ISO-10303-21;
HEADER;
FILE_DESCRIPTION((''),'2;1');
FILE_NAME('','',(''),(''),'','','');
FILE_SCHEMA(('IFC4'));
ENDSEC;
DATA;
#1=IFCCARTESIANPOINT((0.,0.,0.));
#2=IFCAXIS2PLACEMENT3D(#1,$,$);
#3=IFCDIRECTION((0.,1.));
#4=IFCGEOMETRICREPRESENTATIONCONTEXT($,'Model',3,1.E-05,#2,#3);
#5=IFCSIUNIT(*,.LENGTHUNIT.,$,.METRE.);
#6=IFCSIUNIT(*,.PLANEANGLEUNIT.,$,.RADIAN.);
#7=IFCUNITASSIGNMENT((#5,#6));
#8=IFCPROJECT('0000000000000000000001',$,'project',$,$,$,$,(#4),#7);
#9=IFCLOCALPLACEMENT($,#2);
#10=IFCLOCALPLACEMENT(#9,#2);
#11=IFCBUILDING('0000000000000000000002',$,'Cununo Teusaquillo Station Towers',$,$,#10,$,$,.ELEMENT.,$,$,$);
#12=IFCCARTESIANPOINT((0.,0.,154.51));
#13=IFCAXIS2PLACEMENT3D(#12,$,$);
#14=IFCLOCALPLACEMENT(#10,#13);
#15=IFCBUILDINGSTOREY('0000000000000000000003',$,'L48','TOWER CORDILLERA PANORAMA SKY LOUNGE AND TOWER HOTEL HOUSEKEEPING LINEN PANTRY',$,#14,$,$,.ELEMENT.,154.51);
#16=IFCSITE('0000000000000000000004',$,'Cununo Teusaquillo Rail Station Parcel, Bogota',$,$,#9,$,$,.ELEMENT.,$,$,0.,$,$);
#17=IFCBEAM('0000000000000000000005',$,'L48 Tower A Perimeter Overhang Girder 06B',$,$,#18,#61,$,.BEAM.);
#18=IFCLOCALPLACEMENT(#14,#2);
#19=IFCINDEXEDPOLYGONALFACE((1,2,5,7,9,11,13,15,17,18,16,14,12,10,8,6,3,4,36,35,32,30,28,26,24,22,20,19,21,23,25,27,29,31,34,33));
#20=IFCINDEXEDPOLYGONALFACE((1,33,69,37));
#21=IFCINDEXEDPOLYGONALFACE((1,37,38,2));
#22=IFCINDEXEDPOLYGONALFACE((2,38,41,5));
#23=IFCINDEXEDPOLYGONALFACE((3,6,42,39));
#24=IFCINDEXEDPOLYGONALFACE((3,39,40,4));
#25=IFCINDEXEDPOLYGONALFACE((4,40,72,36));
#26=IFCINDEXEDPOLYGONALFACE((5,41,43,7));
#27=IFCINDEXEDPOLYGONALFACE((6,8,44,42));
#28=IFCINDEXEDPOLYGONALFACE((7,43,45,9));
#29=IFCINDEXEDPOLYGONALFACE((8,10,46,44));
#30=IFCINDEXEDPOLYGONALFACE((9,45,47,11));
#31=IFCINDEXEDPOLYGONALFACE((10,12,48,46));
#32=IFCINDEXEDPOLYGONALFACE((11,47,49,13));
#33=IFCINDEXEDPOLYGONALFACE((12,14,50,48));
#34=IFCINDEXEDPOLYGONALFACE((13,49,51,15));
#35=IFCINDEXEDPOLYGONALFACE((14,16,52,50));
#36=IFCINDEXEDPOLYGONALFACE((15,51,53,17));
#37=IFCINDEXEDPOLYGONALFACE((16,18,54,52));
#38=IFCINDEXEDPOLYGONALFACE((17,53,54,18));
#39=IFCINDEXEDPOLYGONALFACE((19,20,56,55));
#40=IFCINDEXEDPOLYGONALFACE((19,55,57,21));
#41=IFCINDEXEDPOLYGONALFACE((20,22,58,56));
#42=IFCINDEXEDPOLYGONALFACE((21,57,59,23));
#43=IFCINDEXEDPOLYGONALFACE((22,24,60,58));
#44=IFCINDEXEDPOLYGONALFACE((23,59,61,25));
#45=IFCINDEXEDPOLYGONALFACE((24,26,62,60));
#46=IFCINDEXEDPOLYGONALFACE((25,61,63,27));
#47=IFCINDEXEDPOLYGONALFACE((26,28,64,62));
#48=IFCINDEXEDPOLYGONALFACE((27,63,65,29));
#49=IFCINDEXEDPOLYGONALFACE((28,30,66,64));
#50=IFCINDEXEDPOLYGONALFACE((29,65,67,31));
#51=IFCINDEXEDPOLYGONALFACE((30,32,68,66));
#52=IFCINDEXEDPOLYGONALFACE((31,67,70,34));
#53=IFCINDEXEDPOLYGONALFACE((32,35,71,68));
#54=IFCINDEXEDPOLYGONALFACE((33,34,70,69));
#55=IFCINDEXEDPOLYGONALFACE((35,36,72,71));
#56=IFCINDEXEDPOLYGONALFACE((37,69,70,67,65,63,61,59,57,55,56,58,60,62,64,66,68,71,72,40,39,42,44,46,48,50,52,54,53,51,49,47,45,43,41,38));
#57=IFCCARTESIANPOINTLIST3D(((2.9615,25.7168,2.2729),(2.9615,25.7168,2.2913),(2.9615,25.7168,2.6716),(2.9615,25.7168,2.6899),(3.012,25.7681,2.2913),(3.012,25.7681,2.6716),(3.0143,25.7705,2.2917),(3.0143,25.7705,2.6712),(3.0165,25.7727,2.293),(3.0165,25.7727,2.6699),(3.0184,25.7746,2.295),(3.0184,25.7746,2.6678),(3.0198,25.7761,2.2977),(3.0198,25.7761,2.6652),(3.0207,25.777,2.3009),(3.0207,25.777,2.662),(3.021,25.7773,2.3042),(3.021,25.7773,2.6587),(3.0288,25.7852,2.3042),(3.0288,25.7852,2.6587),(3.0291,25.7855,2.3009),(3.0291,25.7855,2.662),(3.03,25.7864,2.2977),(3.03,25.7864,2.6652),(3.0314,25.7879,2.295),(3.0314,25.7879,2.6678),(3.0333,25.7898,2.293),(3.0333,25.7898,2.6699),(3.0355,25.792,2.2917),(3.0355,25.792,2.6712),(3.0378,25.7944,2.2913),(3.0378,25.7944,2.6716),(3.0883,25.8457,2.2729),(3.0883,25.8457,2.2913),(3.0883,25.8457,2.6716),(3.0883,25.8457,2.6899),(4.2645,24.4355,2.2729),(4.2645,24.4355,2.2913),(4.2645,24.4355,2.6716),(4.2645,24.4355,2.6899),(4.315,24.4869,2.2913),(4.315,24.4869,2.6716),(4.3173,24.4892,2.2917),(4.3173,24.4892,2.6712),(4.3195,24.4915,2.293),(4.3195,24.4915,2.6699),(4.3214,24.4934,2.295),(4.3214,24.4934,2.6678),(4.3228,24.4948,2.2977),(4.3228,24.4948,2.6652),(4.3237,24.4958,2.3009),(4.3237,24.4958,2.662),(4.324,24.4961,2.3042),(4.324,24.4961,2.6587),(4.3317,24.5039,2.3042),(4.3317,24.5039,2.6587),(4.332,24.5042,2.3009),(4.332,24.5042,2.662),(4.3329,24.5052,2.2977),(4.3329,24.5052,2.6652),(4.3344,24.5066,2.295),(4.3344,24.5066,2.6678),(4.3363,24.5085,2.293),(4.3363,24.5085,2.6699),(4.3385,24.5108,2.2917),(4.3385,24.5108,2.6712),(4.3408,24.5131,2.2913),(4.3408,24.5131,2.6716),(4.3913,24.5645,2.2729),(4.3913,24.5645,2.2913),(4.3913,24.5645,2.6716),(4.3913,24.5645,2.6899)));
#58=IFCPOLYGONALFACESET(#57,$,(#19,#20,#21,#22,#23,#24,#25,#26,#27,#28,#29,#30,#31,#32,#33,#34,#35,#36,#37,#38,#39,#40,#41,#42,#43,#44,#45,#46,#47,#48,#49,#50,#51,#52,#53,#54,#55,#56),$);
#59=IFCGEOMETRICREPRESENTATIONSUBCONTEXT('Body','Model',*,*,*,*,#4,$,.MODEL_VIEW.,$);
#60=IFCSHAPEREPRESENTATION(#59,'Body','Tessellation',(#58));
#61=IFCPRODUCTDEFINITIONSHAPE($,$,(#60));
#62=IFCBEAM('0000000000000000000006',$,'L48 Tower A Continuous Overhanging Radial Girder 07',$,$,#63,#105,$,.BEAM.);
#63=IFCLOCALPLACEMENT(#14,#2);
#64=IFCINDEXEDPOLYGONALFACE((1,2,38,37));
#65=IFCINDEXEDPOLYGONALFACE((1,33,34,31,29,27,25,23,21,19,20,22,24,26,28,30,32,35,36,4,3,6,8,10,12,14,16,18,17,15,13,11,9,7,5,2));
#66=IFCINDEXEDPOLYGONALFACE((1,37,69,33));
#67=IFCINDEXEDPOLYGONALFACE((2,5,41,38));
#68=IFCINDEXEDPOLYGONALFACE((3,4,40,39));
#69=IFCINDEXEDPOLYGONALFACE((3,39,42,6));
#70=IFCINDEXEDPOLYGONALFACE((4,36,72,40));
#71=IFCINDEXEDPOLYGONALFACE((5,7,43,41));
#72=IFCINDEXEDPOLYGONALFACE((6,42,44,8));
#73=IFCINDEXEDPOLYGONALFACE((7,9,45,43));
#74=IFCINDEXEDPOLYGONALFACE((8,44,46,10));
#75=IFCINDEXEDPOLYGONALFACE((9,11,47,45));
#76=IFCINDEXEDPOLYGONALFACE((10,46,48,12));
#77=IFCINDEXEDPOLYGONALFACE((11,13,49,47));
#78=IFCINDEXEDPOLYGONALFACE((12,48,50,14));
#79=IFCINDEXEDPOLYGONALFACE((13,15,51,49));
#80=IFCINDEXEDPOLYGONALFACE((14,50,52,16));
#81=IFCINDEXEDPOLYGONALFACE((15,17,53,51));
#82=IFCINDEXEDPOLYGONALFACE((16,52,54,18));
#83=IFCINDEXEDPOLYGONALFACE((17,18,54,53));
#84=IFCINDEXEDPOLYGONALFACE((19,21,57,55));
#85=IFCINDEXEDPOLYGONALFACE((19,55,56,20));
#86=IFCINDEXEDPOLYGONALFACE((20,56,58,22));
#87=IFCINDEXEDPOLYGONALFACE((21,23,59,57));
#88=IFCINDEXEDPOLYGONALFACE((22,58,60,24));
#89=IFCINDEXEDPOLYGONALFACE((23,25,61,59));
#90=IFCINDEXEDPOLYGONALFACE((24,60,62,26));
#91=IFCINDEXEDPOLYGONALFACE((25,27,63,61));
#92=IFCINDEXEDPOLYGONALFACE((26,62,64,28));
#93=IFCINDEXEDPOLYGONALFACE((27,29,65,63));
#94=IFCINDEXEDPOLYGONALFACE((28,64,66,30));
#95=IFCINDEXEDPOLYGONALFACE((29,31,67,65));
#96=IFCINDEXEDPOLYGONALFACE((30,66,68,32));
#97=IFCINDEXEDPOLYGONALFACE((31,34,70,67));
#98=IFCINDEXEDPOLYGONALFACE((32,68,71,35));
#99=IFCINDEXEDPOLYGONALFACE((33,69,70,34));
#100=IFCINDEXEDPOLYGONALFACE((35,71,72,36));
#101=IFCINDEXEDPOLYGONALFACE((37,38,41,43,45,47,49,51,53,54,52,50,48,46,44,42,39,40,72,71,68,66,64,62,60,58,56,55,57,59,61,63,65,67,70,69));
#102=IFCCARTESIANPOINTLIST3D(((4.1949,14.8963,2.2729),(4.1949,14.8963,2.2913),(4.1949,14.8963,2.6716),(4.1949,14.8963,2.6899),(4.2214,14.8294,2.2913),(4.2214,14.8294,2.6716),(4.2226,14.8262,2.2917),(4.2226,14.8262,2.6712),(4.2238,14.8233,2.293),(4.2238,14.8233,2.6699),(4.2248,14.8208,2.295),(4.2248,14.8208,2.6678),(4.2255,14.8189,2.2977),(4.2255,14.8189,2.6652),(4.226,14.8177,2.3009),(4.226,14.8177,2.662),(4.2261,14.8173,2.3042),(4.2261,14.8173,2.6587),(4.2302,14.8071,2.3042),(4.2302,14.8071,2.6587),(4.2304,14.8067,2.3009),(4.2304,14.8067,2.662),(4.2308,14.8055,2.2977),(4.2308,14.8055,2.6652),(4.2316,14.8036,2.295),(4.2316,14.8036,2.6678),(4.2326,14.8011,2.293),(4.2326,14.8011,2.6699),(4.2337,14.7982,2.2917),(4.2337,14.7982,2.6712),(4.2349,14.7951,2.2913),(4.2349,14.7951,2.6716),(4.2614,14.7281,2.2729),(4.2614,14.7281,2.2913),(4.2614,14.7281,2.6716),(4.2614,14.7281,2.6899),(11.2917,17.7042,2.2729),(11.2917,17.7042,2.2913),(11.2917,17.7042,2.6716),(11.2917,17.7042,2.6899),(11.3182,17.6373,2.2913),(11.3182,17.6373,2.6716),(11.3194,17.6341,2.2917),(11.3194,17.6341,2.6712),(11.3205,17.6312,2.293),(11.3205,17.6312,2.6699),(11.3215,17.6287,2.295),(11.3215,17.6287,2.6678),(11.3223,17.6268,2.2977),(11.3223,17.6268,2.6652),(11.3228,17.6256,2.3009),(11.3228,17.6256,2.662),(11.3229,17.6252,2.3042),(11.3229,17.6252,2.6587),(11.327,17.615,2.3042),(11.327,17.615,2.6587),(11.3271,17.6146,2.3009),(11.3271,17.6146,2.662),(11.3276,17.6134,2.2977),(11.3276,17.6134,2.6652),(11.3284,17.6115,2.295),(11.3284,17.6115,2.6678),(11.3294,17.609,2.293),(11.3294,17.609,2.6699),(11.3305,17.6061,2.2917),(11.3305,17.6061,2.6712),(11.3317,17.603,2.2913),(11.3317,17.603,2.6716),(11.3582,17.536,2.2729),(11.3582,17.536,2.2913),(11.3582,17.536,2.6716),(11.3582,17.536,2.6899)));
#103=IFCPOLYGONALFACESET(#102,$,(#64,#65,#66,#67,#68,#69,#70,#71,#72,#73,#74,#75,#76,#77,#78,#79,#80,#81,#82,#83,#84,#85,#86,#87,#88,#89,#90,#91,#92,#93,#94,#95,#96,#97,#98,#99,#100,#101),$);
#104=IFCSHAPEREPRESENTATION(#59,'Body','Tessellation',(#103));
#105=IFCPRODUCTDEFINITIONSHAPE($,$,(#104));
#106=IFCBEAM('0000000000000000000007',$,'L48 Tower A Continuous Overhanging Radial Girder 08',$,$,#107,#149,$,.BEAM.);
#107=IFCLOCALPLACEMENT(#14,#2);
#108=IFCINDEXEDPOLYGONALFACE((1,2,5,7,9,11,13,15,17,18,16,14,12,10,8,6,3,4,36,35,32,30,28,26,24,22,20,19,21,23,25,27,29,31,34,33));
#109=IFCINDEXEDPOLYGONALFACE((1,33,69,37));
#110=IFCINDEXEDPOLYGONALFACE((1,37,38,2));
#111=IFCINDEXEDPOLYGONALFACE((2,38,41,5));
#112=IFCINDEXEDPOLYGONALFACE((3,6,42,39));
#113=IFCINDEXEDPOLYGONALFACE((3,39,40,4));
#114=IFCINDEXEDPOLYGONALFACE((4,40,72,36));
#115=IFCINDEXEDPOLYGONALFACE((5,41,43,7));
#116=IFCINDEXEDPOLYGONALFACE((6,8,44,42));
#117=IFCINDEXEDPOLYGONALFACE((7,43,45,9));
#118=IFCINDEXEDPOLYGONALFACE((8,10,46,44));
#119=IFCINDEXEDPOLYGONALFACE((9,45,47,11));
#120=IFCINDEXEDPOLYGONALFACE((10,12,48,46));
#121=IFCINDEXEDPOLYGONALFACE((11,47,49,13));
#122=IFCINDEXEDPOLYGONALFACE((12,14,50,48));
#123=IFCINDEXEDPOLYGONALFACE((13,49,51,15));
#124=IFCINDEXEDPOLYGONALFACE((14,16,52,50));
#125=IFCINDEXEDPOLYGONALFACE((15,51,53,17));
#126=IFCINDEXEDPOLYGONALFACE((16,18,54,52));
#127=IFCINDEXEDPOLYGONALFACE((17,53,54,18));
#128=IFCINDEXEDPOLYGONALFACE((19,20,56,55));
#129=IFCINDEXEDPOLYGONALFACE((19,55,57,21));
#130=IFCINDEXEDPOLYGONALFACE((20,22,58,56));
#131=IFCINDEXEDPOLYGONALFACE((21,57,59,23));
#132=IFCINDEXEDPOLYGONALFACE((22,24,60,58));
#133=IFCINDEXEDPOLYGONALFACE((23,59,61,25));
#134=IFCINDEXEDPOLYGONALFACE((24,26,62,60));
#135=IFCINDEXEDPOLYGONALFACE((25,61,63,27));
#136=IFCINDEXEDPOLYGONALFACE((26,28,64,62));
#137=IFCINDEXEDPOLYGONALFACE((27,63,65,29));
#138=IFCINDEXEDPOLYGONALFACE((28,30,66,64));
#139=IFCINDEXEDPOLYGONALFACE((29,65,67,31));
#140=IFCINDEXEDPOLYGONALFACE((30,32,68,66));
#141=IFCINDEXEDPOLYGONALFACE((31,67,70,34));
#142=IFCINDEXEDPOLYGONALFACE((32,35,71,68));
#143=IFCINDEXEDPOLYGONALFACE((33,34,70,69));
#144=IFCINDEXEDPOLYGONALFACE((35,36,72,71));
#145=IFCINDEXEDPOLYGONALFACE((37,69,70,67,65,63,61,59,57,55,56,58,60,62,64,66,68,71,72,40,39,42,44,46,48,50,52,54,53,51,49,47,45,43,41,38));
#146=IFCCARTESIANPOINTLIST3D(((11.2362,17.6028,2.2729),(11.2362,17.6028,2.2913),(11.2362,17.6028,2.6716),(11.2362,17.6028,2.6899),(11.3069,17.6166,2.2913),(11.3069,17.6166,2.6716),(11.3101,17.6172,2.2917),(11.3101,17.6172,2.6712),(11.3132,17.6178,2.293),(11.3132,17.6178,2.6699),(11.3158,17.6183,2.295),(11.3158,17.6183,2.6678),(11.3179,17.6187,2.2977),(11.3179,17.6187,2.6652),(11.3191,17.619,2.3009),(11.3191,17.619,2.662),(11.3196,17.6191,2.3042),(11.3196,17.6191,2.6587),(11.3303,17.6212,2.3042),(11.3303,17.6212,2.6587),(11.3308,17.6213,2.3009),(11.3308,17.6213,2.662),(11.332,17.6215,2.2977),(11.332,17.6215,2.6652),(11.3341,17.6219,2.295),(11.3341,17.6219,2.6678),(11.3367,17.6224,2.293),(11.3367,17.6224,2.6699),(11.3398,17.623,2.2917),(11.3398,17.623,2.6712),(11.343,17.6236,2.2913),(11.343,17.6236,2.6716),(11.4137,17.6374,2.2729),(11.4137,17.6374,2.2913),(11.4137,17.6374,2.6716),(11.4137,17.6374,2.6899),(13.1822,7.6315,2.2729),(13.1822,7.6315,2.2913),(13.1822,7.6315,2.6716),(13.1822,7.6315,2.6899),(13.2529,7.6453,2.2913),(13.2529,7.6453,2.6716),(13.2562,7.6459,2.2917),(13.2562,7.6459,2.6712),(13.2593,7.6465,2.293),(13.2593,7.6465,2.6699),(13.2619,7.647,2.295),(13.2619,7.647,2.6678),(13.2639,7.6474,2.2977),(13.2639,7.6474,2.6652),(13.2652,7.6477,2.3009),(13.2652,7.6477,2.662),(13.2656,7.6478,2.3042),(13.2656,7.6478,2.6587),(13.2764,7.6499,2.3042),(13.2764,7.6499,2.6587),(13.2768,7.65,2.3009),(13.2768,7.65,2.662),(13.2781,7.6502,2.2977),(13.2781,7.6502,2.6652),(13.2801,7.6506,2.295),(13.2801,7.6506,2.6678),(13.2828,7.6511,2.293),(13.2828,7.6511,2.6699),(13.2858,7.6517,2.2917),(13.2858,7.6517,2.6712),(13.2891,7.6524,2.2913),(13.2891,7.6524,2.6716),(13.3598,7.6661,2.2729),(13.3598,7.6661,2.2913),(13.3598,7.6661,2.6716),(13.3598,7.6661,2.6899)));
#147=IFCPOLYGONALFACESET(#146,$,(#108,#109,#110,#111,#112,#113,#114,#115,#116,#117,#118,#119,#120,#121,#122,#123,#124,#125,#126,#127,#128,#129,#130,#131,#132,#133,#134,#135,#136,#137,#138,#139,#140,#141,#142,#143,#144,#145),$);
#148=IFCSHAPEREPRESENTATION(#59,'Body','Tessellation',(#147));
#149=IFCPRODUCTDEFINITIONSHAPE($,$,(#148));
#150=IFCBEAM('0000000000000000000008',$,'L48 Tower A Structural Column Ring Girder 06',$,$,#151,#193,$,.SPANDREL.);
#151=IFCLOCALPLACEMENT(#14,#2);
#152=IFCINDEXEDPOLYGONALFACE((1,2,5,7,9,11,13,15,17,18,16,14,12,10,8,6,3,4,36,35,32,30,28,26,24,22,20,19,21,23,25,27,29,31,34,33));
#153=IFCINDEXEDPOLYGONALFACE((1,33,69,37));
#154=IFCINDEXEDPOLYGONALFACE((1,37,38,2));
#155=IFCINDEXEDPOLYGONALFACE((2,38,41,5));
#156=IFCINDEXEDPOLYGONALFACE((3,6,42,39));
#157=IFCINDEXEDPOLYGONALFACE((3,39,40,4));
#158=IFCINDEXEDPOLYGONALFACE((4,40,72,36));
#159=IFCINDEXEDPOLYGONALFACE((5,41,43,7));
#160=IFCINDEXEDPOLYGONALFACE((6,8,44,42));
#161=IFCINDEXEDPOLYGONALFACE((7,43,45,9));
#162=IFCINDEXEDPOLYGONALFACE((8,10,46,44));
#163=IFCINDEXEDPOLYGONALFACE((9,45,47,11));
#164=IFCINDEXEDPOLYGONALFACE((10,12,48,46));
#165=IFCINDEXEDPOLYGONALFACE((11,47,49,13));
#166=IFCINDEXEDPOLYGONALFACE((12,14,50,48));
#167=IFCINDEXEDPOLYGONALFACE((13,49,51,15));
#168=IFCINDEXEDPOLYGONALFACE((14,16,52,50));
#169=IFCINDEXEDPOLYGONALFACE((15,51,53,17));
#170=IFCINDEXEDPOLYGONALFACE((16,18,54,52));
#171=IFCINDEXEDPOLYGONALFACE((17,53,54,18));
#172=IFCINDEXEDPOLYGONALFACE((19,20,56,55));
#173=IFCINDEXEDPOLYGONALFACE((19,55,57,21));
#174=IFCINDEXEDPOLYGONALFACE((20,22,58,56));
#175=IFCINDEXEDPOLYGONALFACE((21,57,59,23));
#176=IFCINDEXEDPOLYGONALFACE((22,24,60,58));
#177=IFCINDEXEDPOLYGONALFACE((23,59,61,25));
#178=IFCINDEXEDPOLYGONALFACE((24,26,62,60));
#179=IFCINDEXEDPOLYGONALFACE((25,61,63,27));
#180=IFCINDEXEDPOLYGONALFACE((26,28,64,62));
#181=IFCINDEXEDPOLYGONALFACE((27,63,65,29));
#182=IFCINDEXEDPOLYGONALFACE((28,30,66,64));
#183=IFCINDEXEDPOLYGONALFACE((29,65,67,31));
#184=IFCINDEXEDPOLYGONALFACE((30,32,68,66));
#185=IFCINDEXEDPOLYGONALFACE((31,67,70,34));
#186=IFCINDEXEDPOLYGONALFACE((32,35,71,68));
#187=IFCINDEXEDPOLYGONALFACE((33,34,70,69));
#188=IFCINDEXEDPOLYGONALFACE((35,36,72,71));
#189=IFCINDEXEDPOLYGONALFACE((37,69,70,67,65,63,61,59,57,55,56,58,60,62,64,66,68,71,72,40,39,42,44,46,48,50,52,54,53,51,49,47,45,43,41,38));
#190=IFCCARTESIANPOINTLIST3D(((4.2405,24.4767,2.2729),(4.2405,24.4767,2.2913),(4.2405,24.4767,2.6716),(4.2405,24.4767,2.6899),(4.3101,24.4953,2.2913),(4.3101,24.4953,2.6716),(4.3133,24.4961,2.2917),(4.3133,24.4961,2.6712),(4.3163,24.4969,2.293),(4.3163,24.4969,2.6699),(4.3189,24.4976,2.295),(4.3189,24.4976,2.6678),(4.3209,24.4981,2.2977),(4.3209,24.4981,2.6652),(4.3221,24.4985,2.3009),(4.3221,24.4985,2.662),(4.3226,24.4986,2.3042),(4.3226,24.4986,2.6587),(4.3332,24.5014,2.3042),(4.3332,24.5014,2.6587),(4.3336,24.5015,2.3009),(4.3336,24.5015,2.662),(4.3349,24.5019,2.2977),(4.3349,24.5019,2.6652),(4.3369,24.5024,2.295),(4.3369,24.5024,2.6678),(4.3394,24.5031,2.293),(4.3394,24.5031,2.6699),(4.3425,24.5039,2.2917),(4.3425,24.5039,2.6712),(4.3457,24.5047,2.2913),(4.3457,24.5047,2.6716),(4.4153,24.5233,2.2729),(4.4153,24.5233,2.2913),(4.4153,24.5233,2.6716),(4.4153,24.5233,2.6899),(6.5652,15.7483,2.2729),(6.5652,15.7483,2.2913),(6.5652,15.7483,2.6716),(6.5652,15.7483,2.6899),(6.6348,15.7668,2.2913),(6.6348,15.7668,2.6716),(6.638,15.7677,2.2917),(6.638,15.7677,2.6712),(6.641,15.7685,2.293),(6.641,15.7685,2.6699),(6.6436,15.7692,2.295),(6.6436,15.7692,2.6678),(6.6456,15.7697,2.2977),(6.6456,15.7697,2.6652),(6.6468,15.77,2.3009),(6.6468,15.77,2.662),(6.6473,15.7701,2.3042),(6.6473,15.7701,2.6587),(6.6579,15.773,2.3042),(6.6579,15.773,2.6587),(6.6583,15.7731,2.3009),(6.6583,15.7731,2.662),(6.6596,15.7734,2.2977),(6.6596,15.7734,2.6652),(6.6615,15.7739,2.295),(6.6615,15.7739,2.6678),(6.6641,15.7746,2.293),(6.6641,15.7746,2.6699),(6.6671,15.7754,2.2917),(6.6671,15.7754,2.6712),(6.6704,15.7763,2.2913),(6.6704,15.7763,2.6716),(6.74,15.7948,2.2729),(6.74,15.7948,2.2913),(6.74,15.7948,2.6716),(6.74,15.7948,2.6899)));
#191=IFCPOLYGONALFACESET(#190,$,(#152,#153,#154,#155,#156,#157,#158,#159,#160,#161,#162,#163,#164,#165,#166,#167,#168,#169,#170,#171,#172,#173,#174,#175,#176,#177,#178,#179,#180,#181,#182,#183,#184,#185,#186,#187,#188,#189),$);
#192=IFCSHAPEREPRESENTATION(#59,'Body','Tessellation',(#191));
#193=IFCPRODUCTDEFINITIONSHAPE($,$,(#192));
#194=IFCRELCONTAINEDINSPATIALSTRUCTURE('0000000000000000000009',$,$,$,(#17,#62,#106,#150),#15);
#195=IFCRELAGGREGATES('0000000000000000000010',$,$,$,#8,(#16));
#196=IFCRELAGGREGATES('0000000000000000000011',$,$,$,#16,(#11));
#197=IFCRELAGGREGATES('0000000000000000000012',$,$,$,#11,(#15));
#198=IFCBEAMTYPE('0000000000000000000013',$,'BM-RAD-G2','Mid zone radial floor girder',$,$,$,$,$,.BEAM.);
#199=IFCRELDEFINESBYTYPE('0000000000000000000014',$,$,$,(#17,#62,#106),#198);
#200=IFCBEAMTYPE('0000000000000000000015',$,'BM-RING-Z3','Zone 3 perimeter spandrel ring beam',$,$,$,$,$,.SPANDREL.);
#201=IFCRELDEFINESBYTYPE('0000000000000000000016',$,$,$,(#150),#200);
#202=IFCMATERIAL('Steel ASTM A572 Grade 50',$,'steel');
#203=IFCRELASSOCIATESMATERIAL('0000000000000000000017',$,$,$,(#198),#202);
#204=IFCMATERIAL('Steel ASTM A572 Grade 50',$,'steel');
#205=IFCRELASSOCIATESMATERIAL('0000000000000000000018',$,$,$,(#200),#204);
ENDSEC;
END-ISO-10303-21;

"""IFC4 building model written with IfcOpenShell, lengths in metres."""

from ifc_helpers import new_model, si_unit, direction, frame, origin, origin_2d, place, context, subcontext, project, spatial, i_section, extrude, material, material_profile, profile_set, type_object, element, save


model = new_model("IFC4")

# Units and contexts
model_context = context("Model", 3, precision=1e-05, world=origin(), true_north=direction((0.0, 1.0)))
body_context = subcontext(model_context, "Body", "Model", "MODEL_VIEW")
ifc_project = project(units=[si_unit("LENGTHUNIT", "METRE"), si_unit("PLANEANGLEUNIT", "RADIAN")], contexts=[model_context])

# Site, building, storey
site_placement = place(None, origin())
site = spatial("IfcSite", under=ifc_project, at=site_placement, Name="Cununo Teusaquillo Rail Station Parcel, Bogota", CompositionType="ELEMENT", RefElevation=0.0)
building_placement = place(site_placement, origin())
building = spatial("IfcBuilding", under=site, at=building_placement, Name="Cununo Teusaquillo Station Towers", CompositionType="ELEMENT")
storey_placement = place(building_placement, frame((0.0, 0.0, 154.51)))
storey = spatial("IfcBuildingStorey", under=building, at=storey_placement, Name="L48", Description="TOWER CORDILLERA PANORAMA SKY LOUNGE AND TOWER HOTEL HOUSEKEEPING LINEN PANTRY", CompositionType="ELEMENT", Elevation=154.51)

# Beams
ifc_material_1 = material(Name="Steel ASTM A572 Grade 50", Category="steel")
ifc_material_profile_1 = material_profile(ifc_material_1, i_section(OverallWidth=0.1809, OverallDepth=0.417, WebThickness=0.011, FlangeThickness=0.0183, FilletRadius=0.0129, at=origin_2d()), Name="W16X57")
ifc_profile_set_1 = profile_set([ifc_material_profile_1], Name="Steel ASTM A572 Grade 50")
beam_type_1 = type_object("IfcBeamType", Name="BM-RAD-G2", Description="Mid zone radial floor girder", PredefinedType="BEAM", material=ifc_profile_set_1)
beam_1_placement = place(storey_placement, frame((4.3279, 24.5, 2.4814), z_axis=(-0.713027, 0.701137, 0.0), x_axis=(-0.701137, -0.713027, 0.0)))
element("IfcBeam", 1, at=beam_1_placement, inside=storey, type_object=beam_type_1, Name="L48 Tower A Perimeter Overhang Girder 06B", PredefinedType="BEAM", context=body_context, shape_type="SweptSolid", body=[
    extrude(i_section(OverallWidth=0.1809, OverallDepth=0.417, WebThickness=0.011, FlangeThickness=0.0183, FilletRadius=0.0129, at=origin_2d()), origin(), (0.0, 0.0, 1.0), 1.8274),
])
beam_2_placement = place(storey_placement, frame((11.325, 17.6201, 2.4814), z_axis=(-0.929862, -0.367908, 0.0), x_axis=(0.367908, -0.929862, 0.0)))
element("IfcBeam", 2, at=beam_2_placement, inside=storey, type_object=beam_type_1, Name="L48 Tower A Continuous Overhanging Radial Girder 07", PredefinedType="BEAM", context=body_context, shape_type="SweptSolid", body=[
    extrude(i_section(OverallWidth=0.1809, OverallDepth=0.417, WebThickness=0.011, FlangeThickness=0.0183, FilletRadius=0.0129, at=origin_2d()), origin(), (0.0, 0.0, 1.0), 7.6321),
])
beam_3_placement = place(storey_placement, frame((11.325, 17.6201, 2.4814), z_axis=(0.191553, -0.981482, 0.0), x_axis=(0.981482, 0.191553, 0.0)))
element("IfcBeam", 3, at=beam_3_placement, inside=storey, type_object=beam_type_1, Name="L48 Tower A Continuous Overhanging Radial Girder 08", PredefinedType="BEAM", context=body_context, shape_type="SweptSolid", body=[
    extrude(i_section(OverallWidth=0.1809, OverallDepth=0.417, WebThickness=0.011, FlangeThickness=0.0183, FilletRadius=0.0129, at=origin_2d()), origin(), (0.0, 0.0, 1.0), 10.1594),
])
ifc_material_2 = material(Name="Steel ASTM A572 Grade 50", Category="steel")
ifc_material_profile_2 = material_profile(ifc_material_2, i_section(OverallWidth=0.1809, OverallDepth=0.417, WebThickness=0.011, FlangeThickness=0.0183, FilletRadius=0.0129, at=origin_2d()), Name="W16X57")
ifc_profile_set_2 = profile_set([ifc_material_profile_2], Name="Steel ASTM A572 Grade 50")
beam_type_2 = type_object("IfcBeamType", Name="BM-RING-Z3", Description="Zone 3 perimeter spandrel ring beam", PredefinedType="SPANDREL", material=ifc_profile_set_2)
beam_4_placement = place(storey_placement, frame((4.3279, 24.5, 2.4814), z_axis=(0.257363, -0.966315, 0.0), x_axis=(0.966315, 0.257363, 0.0)))
element("IfcBeam", 4, at=beam_4_placement, inside=storey, type_object=beam_type_2, Name="L48 Tower A Structural Column Ring Girder 06", PredefinedType="SPANDREL", context=body_context, shape_type="SweptSolid", body=[
    extrude(i_section(OverallWidth=0.1809, OverallDepth=0.417, WebThickness=0.011, FlangeThickness=0.0183, FilletRadius=0.0129, at=origin_2d()), origin(), (0.0, 0.0, 1.0), 9.0327),
])

save(model, "model.ifc")
